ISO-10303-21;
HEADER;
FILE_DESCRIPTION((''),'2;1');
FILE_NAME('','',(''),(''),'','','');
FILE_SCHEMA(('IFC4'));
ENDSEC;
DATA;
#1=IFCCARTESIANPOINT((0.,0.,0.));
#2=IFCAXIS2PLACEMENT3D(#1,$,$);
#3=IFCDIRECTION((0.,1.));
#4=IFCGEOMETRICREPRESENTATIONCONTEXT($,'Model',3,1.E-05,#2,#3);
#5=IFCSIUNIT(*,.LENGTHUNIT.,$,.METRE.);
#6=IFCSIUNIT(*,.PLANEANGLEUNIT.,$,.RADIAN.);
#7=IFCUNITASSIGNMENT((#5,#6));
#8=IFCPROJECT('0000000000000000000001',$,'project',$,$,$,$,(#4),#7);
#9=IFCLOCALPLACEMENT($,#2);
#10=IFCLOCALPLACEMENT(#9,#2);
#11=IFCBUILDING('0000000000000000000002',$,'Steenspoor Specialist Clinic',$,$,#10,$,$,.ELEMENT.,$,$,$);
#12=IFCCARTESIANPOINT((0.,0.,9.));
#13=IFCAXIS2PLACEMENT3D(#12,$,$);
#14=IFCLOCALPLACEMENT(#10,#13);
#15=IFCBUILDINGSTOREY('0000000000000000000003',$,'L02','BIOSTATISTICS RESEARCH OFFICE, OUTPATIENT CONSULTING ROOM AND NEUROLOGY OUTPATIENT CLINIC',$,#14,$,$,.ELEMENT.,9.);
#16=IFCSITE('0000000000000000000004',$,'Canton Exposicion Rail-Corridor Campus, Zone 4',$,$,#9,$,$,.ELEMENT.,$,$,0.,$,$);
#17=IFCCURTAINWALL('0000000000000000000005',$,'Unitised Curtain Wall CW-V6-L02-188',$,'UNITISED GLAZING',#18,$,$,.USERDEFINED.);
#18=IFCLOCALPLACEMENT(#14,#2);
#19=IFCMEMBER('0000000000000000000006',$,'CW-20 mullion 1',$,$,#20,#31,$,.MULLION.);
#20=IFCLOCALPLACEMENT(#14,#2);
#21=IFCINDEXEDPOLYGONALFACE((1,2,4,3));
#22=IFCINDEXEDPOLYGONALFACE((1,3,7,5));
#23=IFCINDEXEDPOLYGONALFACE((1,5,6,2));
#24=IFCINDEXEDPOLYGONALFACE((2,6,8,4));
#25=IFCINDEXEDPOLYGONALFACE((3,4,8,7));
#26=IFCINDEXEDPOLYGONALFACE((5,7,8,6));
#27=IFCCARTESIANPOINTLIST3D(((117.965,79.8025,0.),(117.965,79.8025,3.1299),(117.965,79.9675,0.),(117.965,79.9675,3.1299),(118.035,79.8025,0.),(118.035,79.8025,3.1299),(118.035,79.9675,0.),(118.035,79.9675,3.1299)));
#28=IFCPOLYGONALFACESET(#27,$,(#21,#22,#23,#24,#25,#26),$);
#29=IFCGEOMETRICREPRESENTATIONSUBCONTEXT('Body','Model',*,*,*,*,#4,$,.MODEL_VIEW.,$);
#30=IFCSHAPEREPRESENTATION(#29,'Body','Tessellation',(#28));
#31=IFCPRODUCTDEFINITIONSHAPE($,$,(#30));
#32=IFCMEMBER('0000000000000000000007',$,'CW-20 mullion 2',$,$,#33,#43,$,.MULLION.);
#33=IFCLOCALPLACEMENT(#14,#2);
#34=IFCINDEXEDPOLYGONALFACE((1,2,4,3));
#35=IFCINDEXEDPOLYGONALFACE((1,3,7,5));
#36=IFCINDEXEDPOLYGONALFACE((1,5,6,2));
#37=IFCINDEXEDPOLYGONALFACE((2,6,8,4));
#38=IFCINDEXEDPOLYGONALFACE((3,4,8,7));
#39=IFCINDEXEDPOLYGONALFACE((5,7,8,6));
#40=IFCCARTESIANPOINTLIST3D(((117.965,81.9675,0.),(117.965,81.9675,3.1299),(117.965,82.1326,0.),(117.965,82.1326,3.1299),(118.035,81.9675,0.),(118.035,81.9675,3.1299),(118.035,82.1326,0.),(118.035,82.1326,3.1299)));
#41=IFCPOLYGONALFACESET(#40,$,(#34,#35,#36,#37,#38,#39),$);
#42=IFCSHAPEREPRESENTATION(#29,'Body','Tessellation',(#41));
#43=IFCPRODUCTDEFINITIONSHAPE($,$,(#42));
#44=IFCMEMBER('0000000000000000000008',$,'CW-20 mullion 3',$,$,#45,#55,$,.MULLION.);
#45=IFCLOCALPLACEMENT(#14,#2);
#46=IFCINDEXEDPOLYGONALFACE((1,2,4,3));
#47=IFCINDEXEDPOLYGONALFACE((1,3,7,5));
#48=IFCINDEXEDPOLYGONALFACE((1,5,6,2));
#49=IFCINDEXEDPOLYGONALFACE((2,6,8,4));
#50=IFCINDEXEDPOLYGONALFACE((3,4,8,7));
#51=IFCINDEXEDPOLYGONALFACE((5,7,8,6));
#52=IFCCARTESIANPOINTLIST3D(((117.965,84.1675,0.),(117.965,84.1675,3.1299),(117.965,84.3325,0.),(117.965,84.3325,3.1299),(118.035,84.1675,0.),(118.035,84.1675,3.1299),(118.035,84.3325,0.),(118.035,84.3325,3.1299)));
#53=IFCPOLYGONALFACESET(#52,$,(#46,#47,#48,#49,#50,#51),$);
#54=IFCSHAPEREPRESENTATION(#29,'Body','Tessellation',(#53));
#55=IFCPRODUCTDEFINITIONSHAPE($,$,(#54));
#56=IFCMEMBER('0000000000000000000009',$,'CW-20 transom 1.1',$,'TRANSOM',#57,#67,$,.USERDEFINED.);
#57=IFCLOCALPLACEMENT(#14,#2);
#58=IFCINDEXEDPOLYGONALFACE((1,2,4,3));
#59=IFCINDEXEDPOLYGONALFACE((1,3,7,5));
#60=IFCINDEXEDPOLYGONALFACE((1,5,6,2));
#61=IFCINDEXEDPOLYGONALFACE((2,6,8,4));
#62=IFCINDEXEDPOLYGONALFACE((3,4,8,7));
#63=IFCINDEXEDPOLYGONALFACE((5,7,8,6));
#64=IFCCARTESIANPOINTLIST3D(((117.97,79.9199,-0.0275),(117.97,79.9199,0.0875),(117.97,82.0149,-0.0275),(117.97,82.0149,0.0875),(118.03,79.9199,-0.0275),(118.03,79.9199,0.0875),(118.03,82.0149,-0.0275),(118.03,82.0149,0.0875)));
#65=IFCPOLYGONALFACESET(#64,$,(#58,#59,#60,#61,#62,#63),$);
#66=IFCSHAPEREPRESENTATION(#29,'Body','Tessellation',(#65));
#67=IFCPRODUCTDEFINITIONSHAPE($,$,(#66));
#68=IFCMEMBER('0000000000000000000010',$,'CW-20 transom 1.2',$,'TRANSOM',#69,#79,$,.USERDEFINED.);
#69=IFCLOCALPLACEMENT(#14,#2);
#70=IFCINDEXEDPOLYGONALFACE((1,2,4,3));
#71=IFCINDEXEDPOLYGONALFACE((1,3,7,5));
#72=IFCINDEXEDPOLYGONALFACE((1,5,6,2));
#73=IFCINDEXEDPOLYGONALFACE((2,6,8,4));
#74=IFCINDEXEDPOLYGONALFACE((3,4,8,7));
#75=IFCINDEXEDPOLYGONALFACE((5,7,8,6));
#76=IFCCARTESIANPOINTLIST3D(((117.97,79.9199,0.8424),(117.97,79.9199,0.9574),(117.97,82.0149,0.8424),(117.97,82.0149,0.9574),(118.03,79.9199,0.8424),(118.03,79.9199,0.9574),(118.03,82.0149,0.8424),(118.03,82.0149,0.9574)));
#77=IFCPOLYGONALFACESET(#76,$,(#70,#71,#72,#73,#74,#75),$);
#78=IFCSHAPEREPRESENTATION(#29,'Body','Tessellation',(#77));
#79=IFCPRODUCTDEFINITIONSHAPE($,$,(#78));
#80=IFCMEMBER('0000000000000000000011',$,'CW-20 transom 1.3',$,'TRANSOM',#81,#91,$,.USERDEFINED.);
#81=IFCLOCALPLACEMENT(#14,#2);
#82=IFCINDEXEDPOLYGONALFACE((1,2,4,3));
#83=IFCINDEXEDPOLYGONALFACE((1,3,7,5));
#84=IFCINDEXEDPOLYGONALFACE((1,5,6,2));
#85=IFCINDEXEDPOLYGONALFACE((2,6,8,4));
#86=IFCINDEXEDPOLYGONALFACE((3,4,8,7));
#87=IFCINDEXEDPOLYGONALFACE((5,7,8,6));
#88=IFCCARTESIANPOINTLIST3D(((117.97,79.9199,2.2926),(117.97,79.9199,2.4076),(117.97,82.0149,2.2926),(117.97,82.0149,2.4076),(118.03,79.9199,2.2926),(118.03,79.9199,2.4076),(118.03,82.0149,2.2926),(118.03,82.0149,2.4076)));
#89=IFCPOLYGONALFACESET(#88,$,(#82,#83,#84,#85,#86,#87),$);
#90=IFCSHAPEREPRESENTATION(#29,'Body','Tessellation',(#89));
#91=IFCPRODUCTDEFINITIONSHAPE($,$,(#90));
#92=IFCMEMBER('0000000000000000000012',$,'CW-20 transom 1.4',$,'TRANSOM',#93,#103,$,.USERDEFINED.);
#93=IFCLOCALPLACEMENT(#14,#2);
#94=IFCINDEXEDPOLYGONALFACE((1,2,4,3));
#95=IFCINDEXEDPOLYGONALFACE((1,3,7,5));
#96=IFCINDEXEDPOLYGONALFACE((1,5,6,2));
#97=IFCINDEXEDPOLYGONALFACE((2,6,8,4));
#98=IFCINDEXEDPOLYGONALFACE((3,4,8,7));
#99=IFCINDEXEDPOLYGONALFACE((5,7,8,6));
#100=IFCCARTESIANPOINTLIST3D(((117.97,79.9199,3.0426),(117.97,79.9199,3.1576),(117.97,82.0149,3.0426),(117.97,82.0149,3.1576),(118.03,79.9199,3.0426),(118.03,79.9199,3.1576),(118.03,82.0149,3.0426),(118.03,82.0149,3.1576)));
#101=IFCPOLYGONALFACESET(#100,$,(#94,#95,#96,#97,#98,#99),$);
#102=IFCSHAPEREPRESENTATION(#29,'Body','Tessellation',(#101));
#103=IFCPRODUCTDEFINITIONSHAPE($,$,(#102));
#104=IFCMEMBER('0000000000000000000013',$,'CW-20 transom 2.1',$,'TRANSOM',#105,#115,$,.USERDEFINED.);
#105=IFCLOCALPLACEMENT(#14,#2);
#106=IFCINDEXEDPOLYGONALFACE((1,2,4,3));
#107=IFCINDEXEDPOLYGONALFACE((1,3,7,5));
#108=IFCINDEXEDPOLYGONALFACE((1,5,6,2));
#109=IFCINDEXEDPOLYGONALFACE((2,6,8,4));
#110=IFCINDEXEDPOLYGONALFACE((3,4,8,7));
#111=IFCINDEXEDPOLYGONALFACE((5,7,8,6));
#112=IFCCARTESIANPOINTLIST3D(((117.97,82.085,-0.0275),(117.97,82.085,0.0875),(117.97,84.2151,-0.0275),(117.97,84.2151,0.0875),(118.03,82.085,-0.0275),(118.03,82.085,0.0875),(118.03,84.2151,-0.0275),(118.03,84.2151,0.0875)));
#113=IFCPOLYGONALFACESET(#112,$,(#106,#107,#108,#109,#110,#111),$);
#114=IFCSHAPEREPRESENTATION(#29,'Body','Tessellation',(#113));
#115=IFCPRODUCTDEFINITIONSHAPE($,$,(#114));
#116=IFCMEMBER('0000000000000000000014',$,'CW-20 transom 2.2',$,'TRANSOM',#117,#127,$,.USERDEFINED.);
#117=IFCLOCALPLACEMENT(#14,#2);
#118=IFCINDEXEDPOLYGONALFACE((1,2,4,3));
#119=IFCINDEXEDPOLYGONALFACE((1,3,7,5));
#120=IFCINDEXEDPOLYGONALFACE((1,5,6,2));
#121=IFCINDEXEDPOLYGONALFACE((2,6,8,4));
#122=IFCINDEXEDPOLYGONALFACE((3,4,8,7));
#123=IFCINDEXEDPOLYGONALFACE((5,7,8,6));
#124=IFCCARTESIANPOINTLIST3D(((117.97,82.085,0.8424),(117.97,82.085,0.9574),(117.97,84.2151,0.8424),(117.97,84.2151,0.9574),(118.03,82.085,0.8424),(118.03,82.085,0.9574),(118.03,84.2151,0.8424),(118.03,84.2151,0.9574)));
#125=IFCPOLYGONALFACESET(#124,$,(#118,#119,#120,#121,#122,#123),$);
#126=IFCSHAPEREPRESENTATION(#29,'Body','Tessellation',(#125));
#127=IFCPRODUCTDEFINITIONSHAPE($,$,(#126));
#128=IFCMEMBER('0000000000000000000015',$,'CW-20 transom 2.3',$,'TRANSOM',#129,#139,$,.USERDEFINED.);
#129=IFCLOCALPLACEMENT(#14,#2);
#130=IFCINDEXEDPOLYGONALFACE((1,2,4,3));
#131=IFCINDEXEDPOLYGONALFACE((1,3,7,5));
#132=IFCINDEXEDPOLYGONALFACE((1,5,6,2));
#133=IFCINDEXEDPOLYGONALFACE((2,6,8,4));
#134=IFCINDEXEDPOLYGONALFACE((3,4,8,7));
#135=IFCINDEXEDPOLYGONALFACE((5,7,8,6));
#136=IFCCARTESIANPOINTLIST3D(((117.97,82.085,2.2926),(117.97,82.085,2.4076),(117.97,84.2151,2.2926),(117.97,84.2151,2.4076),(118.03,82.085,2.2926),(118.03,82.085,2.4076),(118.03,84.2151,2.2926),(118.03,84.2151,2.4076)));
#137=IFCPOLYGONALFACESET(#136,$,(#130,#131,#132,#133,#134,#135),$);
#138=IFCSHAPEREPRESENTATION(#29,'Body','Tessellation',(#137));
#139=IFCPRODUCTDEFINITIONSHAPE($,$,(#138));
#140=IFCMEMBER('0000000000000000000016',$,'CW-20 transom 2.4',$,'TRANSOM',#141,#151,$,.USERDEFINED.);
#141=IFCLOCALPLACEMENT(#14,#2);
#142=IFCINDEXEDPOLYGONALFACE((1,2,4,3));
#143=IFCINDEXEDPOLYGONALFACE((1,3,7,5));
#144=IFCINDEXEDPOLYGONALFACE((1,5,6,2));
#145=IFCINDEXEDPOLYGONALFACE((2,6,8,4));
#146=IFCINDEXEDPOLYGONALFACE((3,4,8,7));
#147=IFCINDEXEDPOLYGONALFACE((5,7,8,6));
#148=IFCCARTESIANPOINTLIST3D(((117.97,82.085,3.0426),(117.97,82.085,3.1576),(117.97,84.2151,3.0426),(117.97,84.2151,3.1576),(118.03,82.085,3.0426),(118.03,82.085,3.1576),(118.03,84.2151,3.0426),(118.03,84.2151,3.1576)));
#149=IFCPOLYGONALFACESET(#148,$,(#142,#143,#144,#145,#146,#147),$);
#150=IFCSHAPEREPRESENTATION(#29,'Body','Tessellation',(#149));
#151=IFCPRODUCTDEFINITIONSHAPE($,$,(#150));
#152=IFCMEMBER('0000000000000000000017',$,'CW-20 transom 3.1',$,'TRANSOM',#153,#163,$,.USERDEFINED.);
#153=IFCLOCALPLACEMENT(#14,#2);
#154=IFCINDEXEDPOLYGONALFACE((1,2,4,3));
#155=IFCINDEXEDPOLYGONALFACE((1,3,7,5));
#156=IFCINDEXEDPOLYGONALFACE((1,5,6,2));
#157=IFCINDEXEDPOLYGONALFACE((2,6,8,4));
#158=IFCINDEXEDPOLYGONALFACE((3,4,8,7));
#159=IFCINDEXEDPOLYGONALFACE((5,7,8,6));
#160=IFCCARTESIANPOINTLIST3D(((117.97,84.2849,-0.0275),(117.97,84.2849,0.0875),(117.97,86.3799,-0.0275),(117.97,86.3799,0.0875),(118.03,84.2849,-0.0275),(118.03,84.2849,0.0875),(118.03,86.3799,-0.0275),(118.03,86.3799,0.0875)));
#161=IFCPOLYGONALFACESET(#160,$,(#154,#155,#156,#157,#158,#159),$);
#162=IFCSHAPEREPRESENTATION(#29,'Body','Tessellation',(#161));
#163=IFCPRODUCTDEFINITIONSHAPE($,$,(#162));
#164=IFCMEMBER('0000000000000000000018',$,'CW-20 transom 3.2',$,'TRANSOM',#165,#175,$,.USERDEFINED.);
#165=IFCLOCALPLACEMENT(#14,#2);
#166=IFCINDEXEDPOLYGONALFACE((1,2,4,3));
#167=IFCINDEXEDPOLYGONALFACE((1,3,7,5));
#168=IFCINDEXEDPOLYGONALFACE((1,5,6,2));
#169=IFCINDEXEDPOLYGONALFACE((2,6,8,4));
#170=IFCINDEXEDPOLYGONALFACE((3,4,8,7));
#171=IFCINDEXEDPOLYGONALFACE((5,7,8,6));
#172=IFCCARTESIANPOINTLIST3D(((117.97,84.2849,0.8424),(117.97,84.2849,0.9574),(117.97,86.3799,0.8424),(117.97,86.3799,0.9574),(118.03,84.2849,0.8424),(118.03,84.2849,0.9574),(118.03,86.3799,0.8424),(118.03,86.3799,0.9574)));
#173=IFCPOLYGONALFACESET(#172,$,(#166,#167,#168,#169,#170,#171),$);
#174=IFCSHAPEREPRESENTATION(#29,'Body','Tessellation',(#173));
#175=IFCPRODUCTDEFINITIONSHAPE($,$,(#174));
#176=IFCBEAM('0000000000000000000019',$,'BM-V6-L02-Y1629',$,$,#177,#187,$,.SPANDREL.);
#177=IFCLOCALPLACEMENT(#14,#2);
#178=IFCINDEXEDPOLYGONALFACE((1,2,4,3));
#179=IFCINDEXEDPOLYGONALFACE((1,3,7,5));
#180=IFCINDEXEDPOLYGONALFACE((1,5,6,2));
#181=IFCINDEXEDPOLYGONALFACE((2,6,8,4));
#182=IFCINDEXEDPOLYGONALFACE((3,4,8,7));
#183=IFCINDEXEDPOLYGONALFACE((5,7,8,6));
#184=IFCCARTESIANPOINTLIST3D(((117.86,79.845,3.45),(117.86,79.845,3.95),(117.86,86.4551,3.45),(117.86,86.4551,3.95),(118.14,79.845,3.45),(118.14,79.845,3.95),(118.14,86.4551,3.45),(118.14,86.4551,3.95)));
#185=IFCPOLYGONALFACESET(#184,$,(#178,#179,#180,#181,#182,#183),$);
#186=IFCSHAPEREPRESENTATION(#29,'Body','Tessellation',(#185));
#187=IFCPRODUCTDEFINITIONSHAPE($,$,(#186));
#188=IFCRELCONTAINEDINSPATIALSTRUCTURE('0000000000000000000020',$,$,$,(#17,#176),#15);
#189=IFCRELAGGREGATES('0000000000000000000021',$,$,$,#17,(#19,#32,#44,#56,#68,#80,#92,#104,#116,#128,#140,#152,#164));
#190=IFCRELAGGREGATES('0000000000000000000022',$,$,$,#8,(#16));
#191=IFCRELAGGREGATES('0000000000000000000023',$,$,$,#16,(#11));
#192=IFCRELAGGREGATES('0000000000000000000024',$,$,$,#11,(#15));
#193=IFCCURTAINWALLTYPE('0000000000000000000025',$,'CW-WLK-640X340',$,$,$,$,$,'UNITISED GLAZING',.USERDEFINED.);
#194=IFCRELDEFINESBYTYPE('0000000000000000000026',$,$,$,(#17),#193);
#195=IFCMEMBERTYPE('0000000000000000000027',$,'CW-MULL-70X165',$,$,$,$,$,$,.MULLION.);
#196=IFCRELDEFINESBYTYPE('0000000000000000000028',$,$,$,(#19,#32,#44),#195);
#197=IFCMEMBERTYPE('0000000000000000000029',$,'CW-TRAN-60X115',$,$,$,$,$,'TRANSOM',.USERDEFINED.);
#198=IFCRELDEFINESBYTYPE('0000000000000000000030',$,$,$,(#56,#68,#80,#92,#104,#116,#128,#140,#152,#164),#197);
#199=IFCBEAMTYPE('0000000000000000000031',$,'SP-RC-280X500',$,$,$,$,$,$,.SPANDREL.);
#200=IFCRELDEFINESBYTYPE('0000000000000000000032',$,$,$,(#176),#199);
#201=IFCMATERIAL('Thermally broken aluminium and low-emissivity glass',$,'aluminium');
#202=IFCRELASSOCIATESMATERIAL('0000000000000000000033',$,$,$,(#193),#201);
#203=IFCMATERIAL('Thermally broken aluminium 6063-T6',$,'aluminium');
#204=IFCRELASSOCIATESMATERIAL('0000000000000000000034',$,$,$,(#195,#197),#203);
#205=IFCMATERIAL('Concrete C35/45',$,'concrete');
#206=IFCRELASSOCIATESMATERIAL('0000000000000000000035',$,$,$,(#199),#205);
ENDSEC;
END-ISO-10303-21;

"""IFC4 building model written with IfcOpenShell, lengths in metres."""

from ifc_helpers import new_model, si_unit, direction, frame, origin, origin_2d, place, context, subcontext, project, spatial, rectangle, extrude, material, material_profile, profile_set, type_object, element, aggregate, save


model = new_model("IFC4")

# Units and contexts
model_context = context("Model", 3, precision=1e-05, world=origin(), true_north=direction((0.0, 1.0)))
body_context = subcontext(model_context, "Body", "Model", "MODEL_VIEW")
ifc_project = project(units=[si_unit("LENGTHUNIT", "METRE"), si_unit("PLANEANGLEUNIT", "RADIAN")], contexts=[model_context])

# Site, building, storey
site_placement = place(None, origin())
site = spatial("IfcSite", under=ifc_project, at=site_placement, Name="Canton Exposicion Rail-Corridor Campus, Zone 4", CompositionType="ELEMENT", RefElevation=0.0)
building_placement = place(site_placement, origin())
building = spatial("IfcBuilding", under=site, at=building_placement, Name="Steenspoor Specialist Clinic", CompositionType="ELEMENT")
storey_placement = place(building_placement, frame((0.0, 0.0, 9.0)))
storey = spatial("IfcBuildingStorey", under=building, at=storey_placement, Name="L02", Description="BIOSTATISTICS RESEARCH OFFICE, OUTPATIENT CONSULTING ROOM AND NEUROLOGY OUTPATIENT CLINIC", CompositionType="ELEMENT", Elevation=9.0)

# Curtain wall, members
ifc_material_1 = material(Name="Thermally broken aluminium and low-emissivity glass", Category="aluminium")
curtain_wall_type = type_object("IfcCurtainWallType", Name="CW-WLK-640X340", ElementType="UNITISED GLAZING", PredefinedType="USERDEFINED", material=ifc_material_1)
curtain_wall_placement = place(storey_placement, origin())
curtain_wall = element("IfcCurtainWall", 1, at=curtain_wall_placement, inside=storey, type_object=curtain_wall_type, Name="Unitised Curtain Wall CW-V6-L02-188", ObjectType="UNITISED GLAZING", PredefinedType="USERDEFINED")
ifc_material_2 = material(Name="Thermally broken aluminium 6063-T6", Category="aluminium")
ifc_material_profile_1 = material_profile(ifc_material_2, rectangle(XDim=0.0701, YDim=0.165, at=origin_2d()), Name="CWM-70X165")
ifc_profile_set_1 = profile_set([ifc_material_profile_1], Name="Thermally broken aluminium 6063-T6")
member_type_1 = type_object("IfcMemberType", Name="CW-MULL-70X165", PredefinedType="MULLION", material=ifc_profile_set_1)
member_1_placement = place(storey_placement, frame((118.0, 79.885, 0.0), z_axis=(0.0, 0.0, 1.0), x_axis=(-1.0, 0.0, 0.0)))
member_1 = element("IfcMember", 2, at=member_1_placement, type_object=member_type_1, Name="CW-20 mullion 1", PredefinedType="MULLION", context=body_context, shape_type="SweptSolid", body=[
    extrude(rectangle(XDim=0.0701, YDim=0.165, at=origin_2d()), origin(), (0.0, 0.0, 1.0), 3.1299),
])
member_2_placement = place(storey_placement, frame((118.0, 82.05, 0.0), z_axis=(0.0, 0.0, 1.0), x_axis=(-1.0, 0.0, 0.0)))
member_2 = element("IfcMember", 3, at=member_2_placement, type_object=member_type_1, Name="CW-20 mullion 2", PredefinedType="MULLION", context=body_context, shape_type="SweptSolid", body=[
    extrude(rectangle(XDim=0.0701, YDim=0.165, at=origin_2d()), origin(), (0.0, 0.0, 1.0), 3.1299),
])
member_3_placement = place(storey_placement, frame((118.0, 84.25, 0.0), z_axis=(0.0, 0.0, 1.0), x_axis=(-1.0, 0.0, 0.0)))
member_3 = element("IfcMember", 4, at=member_3_placement, type_object=member_type_1, Name="CW-20 mullion 3", PredefinedType="MULLION", context=body_context, shape_type="SweptSolid", body=[
    extrude(rectangle(XDim=0.0701, YDim=0.165, at=origin_2d()), origin(), (0.0, 0.0, 1.0), 3.1299),
])
ifc_material_profile_2 = material_profile(ifc_material_2, rectangle(XDim=0.0601, YDim=0.115, at=origin_2d()), Name="CWT-60X115")
ifc_profile_set_2 = profile_set([ifc_material_profile_2], Name="Thermally broken aluminium 6063-T6")
member_type_2 = type_object("IfcMemberType", Name="CW-TRAN-60X115", ElementType="TRANSOM", PredefinedType="USERDEFINED", material=ifc_profile_set_2)
member_4_placement = place(storey_placement, frame((118.0, 79.9199, 0.03), z_axis=(0.0, 1.0, 0.0), x_axis=(-1.0, 0.0, 0.0)))
member_4 = element("IfcMember", 5, at=member_4_placement, type_object=member_type_2, Name="CW-20 transom 1.1", ObjectType="TRANSOM", PredefinedType="USERDEFINED", context=body_context, shape_type="SweptSolid", body=[
    extrude(rectangle(XDim=0.0601, YDim=0.115, at=origin_2d()), origin(), (0.0, 0.0, 1.0), 2.095),
])
member_5_placement = place(storey_placement, frame((118.0, 79.9199, 0.8999), z_axis=(0.0, 1.0, 0.0), x_axis=(-1.0, 0.0, 0.0)))
member_5 = element("IfcMember", 6, at=member_5_placement, type_object=member_type_2, Name="CW-20 transom 1.2", ObjectType="TRANSOM", PredefinedType="USERDEFINED", context=body_context, shape_type="SweptSolid", body=[
    extrude(rectangle(XDim=0.0601, YDim=0.115, at=origin_2d()), origin(), (0.0, 0.0, 1.0), 2.095),
])
member_6_placement = place(storey_placement, frame((118.0, 79.9199, 2.3501), z_axis=(0.0, 1.0, 0.0), x_axis=(-1.0, 0.0, 0.0)))
member_6 = element("IfcMember", 7, at=member_6_placement, type_object=member_type_2, Name="CW-20 transom 1.3", ObjectType="TRANSOM", PredefinedType="USERDEFINED", context=body_context, shape_type="SweptSolid", body=[
    extrude(rectangle(XDim=0.0601, YDim=0.115, at=origin_2d()), origin(), (0.0, 0.0, 1.0), 2.095),
])
member_7_placement = place(storey_placement, frame((118.0, 79.9199, 3.1001), z_axis=(0.0, 1.0, 0.0), x_axis=(-1.0, 0.0, 0.0)))
member_7 = element("IfcMember", 8, at=member_7_placement, type_object=member_type_2, Name="CW-20 transom 1.4", ObjectType="TRANSOM", PredefinedType="USERDEFINED", context=body_context, shape_type="SweptSolid", body=[
    extrude(rectangle(XDim=0.0601, YDim=0.115, at=origin_2d()), origin(), (0.0, 0.0, 1.0), 2.095),
])
member_8_placement = place(storey_placement, frame((118.0, 82.085, 0.03), z_axis=(0.0, 1.0, 0.0), x_axis=(-1.0, 0.0, 0.0)))
member_8 = element("IfcMember", 9, at=member_8_placement, type_object=member_type_2, Name="CW-20 transom 2.1", ObjectType="TRANSOM", PredefinedType="USERDEFINED", context=body_context, shape_type="SweptSolid", body=[
    extrude(rectangle(XDim=0.0601, YDim=0.115, at=origin_2d()), origin(), (0.0, 0.0, 1.0), 2.1301),
])
member_9_placement = place(storey_placement, frame((118.0, 82.085, 0.8999), z_axis=(0.0, 1.0, 0.0), x_axis=(-1.0, 0.0, 0.0)))
member_9 = element("IfcMember", 10, at=member_9_placement, type_object=member_type_2, Name="CW-20 transom 2.2", ObjectType="TRANSOM", PredefinedType="USERDEFINED", context=body_context, shape_type="SweptSolid", body=[
    extrude(rectangle(XDim=0.0601, YDim=0.115, at=origin_2d()), origin(), (0.0, 0.0, 1.0), 2.1301),
])
member_10_placement = place(storey_placement, frame((118.0, 82.085, 2.3501), z_axis=(0.0, 1.0, 0.0), x_axis=(-1.0, 0.0, 0.0)))
member_10 = element("IfcMember", 11, at=member_10_placement, type_object=member_type_2, Name="CW-20 transom 2.3", ObjectType="TRANSOM", PredefinedType="USERDEFINED", context=body_context, shape_type="SweptSolid", body=[
    extrude(rectangle(XDim=0.0601, YDim=0.115, at=origin_2d()), origin(), (0.0, 0.0, 1.0), 2.1301),
])
member_11_placement = place(storey_placement, frame((118.0, 82.085, 3.1001), z_axis=(0.0, 1.0, 0.0), x_axis=(-1.0, 0.0, 0.0)))
member_11 = element("IfcMember", 12, at=member_11_placement, type_object=member_type_2, Name="CW-20 transom 2.4", ObjectType="TRANSOM", PredefinedType="USERDEFINED", context=body_context, shape_type="SweptSolid", body=[
    extrude(rectangle(XDim=0.0601, YDim=0.115, at=origin_2d()), origin(), (0.0, 0.0, 1.0), 2.1301),
])
member_12_placement = place(storey_placement, frame((118.0, 84.2849, 0.03), z_axis=(0.0, 1.0, 0.0), x_axis=(-1.0, 0.0, 0.0)))
member_12 = element("IfcMember", 13, at=member_12_placement, type_object=member_type_2, Name="CW-20 transom 3.1", ObjectType="TRANSOM", PredefinedType="USERDEFINED", context=body_context, shape_type="SweptSolid", body=[
    extrude(rectangle(XDim=0.0601, YDim=0.115, at=origin_2d()), origin(), (0.0, 0.0, 1.0), 2.095),
])
member_13_placement = place(storey_placement, frame((118.0, 84.2849, 0.8999), z_axis=(0.0, 1.0, 0.0), x_axis=(-1.0, 0.0, 0.0)))
member_13 = element("IfcMember", 14, at=member_13_placement, type_object=member_type_2, Name="CW-20 transom 3.2", ObjectType="TRANSOM", PredefinedType="USERDEFINED", context=body_context, shape_type="SweptSolid", body=[
    extrude(rectangle(XDim=0.0601, YDim=0.115, at=origin_2d()), origin(), (0.0, 0.0, 1.0), 2.095),
])

# Beam
ifc_material_3 = material(Name="Concrete C35/45", Category="concrete")
ifc_material_profile_3 = material_profile(ifc_material_3, rectangle(XDim=0.28, YDim=0.5, at=origin_2d()), Name="RC-SP-280X500")
ifc_profile_set_3 = profile_set([ifc_material_profile_3], Name="Concrete C35/45")
beam_type = type_object("IfcBeamType", Name="SP-RC-280X500", PredefinedType="SPANDREL", material=ifc_profile_set_3)
beam_placement = place(storey_placement, frame((118.0, 79.845, 3.7), z_axis=(0.0, 1.0, 0.0), x_axis=(-1.0, 0.0, 0.0)))
element("IfcBeam", 15, at=beam_placement, inside=storey, type_object=beam_type, Name="BM-V6-L02-Y1629", PredefinedType="SPANDREL", context=body_context, shape_type="SweptSolid", body=[
    extrude(rectangle(XDim=0.28, YDim=0.5, at=origin_2d()), origin(), (0.0, 0.0, 1.0), 6.6101),
])

aggregate(curtain_wall, [member_1, member_2, member_3, member_4, member_5, member_6, member_7, member_8, member_9, member_10, member_11, member_12, member_13])

save(model, "model.ifc")
